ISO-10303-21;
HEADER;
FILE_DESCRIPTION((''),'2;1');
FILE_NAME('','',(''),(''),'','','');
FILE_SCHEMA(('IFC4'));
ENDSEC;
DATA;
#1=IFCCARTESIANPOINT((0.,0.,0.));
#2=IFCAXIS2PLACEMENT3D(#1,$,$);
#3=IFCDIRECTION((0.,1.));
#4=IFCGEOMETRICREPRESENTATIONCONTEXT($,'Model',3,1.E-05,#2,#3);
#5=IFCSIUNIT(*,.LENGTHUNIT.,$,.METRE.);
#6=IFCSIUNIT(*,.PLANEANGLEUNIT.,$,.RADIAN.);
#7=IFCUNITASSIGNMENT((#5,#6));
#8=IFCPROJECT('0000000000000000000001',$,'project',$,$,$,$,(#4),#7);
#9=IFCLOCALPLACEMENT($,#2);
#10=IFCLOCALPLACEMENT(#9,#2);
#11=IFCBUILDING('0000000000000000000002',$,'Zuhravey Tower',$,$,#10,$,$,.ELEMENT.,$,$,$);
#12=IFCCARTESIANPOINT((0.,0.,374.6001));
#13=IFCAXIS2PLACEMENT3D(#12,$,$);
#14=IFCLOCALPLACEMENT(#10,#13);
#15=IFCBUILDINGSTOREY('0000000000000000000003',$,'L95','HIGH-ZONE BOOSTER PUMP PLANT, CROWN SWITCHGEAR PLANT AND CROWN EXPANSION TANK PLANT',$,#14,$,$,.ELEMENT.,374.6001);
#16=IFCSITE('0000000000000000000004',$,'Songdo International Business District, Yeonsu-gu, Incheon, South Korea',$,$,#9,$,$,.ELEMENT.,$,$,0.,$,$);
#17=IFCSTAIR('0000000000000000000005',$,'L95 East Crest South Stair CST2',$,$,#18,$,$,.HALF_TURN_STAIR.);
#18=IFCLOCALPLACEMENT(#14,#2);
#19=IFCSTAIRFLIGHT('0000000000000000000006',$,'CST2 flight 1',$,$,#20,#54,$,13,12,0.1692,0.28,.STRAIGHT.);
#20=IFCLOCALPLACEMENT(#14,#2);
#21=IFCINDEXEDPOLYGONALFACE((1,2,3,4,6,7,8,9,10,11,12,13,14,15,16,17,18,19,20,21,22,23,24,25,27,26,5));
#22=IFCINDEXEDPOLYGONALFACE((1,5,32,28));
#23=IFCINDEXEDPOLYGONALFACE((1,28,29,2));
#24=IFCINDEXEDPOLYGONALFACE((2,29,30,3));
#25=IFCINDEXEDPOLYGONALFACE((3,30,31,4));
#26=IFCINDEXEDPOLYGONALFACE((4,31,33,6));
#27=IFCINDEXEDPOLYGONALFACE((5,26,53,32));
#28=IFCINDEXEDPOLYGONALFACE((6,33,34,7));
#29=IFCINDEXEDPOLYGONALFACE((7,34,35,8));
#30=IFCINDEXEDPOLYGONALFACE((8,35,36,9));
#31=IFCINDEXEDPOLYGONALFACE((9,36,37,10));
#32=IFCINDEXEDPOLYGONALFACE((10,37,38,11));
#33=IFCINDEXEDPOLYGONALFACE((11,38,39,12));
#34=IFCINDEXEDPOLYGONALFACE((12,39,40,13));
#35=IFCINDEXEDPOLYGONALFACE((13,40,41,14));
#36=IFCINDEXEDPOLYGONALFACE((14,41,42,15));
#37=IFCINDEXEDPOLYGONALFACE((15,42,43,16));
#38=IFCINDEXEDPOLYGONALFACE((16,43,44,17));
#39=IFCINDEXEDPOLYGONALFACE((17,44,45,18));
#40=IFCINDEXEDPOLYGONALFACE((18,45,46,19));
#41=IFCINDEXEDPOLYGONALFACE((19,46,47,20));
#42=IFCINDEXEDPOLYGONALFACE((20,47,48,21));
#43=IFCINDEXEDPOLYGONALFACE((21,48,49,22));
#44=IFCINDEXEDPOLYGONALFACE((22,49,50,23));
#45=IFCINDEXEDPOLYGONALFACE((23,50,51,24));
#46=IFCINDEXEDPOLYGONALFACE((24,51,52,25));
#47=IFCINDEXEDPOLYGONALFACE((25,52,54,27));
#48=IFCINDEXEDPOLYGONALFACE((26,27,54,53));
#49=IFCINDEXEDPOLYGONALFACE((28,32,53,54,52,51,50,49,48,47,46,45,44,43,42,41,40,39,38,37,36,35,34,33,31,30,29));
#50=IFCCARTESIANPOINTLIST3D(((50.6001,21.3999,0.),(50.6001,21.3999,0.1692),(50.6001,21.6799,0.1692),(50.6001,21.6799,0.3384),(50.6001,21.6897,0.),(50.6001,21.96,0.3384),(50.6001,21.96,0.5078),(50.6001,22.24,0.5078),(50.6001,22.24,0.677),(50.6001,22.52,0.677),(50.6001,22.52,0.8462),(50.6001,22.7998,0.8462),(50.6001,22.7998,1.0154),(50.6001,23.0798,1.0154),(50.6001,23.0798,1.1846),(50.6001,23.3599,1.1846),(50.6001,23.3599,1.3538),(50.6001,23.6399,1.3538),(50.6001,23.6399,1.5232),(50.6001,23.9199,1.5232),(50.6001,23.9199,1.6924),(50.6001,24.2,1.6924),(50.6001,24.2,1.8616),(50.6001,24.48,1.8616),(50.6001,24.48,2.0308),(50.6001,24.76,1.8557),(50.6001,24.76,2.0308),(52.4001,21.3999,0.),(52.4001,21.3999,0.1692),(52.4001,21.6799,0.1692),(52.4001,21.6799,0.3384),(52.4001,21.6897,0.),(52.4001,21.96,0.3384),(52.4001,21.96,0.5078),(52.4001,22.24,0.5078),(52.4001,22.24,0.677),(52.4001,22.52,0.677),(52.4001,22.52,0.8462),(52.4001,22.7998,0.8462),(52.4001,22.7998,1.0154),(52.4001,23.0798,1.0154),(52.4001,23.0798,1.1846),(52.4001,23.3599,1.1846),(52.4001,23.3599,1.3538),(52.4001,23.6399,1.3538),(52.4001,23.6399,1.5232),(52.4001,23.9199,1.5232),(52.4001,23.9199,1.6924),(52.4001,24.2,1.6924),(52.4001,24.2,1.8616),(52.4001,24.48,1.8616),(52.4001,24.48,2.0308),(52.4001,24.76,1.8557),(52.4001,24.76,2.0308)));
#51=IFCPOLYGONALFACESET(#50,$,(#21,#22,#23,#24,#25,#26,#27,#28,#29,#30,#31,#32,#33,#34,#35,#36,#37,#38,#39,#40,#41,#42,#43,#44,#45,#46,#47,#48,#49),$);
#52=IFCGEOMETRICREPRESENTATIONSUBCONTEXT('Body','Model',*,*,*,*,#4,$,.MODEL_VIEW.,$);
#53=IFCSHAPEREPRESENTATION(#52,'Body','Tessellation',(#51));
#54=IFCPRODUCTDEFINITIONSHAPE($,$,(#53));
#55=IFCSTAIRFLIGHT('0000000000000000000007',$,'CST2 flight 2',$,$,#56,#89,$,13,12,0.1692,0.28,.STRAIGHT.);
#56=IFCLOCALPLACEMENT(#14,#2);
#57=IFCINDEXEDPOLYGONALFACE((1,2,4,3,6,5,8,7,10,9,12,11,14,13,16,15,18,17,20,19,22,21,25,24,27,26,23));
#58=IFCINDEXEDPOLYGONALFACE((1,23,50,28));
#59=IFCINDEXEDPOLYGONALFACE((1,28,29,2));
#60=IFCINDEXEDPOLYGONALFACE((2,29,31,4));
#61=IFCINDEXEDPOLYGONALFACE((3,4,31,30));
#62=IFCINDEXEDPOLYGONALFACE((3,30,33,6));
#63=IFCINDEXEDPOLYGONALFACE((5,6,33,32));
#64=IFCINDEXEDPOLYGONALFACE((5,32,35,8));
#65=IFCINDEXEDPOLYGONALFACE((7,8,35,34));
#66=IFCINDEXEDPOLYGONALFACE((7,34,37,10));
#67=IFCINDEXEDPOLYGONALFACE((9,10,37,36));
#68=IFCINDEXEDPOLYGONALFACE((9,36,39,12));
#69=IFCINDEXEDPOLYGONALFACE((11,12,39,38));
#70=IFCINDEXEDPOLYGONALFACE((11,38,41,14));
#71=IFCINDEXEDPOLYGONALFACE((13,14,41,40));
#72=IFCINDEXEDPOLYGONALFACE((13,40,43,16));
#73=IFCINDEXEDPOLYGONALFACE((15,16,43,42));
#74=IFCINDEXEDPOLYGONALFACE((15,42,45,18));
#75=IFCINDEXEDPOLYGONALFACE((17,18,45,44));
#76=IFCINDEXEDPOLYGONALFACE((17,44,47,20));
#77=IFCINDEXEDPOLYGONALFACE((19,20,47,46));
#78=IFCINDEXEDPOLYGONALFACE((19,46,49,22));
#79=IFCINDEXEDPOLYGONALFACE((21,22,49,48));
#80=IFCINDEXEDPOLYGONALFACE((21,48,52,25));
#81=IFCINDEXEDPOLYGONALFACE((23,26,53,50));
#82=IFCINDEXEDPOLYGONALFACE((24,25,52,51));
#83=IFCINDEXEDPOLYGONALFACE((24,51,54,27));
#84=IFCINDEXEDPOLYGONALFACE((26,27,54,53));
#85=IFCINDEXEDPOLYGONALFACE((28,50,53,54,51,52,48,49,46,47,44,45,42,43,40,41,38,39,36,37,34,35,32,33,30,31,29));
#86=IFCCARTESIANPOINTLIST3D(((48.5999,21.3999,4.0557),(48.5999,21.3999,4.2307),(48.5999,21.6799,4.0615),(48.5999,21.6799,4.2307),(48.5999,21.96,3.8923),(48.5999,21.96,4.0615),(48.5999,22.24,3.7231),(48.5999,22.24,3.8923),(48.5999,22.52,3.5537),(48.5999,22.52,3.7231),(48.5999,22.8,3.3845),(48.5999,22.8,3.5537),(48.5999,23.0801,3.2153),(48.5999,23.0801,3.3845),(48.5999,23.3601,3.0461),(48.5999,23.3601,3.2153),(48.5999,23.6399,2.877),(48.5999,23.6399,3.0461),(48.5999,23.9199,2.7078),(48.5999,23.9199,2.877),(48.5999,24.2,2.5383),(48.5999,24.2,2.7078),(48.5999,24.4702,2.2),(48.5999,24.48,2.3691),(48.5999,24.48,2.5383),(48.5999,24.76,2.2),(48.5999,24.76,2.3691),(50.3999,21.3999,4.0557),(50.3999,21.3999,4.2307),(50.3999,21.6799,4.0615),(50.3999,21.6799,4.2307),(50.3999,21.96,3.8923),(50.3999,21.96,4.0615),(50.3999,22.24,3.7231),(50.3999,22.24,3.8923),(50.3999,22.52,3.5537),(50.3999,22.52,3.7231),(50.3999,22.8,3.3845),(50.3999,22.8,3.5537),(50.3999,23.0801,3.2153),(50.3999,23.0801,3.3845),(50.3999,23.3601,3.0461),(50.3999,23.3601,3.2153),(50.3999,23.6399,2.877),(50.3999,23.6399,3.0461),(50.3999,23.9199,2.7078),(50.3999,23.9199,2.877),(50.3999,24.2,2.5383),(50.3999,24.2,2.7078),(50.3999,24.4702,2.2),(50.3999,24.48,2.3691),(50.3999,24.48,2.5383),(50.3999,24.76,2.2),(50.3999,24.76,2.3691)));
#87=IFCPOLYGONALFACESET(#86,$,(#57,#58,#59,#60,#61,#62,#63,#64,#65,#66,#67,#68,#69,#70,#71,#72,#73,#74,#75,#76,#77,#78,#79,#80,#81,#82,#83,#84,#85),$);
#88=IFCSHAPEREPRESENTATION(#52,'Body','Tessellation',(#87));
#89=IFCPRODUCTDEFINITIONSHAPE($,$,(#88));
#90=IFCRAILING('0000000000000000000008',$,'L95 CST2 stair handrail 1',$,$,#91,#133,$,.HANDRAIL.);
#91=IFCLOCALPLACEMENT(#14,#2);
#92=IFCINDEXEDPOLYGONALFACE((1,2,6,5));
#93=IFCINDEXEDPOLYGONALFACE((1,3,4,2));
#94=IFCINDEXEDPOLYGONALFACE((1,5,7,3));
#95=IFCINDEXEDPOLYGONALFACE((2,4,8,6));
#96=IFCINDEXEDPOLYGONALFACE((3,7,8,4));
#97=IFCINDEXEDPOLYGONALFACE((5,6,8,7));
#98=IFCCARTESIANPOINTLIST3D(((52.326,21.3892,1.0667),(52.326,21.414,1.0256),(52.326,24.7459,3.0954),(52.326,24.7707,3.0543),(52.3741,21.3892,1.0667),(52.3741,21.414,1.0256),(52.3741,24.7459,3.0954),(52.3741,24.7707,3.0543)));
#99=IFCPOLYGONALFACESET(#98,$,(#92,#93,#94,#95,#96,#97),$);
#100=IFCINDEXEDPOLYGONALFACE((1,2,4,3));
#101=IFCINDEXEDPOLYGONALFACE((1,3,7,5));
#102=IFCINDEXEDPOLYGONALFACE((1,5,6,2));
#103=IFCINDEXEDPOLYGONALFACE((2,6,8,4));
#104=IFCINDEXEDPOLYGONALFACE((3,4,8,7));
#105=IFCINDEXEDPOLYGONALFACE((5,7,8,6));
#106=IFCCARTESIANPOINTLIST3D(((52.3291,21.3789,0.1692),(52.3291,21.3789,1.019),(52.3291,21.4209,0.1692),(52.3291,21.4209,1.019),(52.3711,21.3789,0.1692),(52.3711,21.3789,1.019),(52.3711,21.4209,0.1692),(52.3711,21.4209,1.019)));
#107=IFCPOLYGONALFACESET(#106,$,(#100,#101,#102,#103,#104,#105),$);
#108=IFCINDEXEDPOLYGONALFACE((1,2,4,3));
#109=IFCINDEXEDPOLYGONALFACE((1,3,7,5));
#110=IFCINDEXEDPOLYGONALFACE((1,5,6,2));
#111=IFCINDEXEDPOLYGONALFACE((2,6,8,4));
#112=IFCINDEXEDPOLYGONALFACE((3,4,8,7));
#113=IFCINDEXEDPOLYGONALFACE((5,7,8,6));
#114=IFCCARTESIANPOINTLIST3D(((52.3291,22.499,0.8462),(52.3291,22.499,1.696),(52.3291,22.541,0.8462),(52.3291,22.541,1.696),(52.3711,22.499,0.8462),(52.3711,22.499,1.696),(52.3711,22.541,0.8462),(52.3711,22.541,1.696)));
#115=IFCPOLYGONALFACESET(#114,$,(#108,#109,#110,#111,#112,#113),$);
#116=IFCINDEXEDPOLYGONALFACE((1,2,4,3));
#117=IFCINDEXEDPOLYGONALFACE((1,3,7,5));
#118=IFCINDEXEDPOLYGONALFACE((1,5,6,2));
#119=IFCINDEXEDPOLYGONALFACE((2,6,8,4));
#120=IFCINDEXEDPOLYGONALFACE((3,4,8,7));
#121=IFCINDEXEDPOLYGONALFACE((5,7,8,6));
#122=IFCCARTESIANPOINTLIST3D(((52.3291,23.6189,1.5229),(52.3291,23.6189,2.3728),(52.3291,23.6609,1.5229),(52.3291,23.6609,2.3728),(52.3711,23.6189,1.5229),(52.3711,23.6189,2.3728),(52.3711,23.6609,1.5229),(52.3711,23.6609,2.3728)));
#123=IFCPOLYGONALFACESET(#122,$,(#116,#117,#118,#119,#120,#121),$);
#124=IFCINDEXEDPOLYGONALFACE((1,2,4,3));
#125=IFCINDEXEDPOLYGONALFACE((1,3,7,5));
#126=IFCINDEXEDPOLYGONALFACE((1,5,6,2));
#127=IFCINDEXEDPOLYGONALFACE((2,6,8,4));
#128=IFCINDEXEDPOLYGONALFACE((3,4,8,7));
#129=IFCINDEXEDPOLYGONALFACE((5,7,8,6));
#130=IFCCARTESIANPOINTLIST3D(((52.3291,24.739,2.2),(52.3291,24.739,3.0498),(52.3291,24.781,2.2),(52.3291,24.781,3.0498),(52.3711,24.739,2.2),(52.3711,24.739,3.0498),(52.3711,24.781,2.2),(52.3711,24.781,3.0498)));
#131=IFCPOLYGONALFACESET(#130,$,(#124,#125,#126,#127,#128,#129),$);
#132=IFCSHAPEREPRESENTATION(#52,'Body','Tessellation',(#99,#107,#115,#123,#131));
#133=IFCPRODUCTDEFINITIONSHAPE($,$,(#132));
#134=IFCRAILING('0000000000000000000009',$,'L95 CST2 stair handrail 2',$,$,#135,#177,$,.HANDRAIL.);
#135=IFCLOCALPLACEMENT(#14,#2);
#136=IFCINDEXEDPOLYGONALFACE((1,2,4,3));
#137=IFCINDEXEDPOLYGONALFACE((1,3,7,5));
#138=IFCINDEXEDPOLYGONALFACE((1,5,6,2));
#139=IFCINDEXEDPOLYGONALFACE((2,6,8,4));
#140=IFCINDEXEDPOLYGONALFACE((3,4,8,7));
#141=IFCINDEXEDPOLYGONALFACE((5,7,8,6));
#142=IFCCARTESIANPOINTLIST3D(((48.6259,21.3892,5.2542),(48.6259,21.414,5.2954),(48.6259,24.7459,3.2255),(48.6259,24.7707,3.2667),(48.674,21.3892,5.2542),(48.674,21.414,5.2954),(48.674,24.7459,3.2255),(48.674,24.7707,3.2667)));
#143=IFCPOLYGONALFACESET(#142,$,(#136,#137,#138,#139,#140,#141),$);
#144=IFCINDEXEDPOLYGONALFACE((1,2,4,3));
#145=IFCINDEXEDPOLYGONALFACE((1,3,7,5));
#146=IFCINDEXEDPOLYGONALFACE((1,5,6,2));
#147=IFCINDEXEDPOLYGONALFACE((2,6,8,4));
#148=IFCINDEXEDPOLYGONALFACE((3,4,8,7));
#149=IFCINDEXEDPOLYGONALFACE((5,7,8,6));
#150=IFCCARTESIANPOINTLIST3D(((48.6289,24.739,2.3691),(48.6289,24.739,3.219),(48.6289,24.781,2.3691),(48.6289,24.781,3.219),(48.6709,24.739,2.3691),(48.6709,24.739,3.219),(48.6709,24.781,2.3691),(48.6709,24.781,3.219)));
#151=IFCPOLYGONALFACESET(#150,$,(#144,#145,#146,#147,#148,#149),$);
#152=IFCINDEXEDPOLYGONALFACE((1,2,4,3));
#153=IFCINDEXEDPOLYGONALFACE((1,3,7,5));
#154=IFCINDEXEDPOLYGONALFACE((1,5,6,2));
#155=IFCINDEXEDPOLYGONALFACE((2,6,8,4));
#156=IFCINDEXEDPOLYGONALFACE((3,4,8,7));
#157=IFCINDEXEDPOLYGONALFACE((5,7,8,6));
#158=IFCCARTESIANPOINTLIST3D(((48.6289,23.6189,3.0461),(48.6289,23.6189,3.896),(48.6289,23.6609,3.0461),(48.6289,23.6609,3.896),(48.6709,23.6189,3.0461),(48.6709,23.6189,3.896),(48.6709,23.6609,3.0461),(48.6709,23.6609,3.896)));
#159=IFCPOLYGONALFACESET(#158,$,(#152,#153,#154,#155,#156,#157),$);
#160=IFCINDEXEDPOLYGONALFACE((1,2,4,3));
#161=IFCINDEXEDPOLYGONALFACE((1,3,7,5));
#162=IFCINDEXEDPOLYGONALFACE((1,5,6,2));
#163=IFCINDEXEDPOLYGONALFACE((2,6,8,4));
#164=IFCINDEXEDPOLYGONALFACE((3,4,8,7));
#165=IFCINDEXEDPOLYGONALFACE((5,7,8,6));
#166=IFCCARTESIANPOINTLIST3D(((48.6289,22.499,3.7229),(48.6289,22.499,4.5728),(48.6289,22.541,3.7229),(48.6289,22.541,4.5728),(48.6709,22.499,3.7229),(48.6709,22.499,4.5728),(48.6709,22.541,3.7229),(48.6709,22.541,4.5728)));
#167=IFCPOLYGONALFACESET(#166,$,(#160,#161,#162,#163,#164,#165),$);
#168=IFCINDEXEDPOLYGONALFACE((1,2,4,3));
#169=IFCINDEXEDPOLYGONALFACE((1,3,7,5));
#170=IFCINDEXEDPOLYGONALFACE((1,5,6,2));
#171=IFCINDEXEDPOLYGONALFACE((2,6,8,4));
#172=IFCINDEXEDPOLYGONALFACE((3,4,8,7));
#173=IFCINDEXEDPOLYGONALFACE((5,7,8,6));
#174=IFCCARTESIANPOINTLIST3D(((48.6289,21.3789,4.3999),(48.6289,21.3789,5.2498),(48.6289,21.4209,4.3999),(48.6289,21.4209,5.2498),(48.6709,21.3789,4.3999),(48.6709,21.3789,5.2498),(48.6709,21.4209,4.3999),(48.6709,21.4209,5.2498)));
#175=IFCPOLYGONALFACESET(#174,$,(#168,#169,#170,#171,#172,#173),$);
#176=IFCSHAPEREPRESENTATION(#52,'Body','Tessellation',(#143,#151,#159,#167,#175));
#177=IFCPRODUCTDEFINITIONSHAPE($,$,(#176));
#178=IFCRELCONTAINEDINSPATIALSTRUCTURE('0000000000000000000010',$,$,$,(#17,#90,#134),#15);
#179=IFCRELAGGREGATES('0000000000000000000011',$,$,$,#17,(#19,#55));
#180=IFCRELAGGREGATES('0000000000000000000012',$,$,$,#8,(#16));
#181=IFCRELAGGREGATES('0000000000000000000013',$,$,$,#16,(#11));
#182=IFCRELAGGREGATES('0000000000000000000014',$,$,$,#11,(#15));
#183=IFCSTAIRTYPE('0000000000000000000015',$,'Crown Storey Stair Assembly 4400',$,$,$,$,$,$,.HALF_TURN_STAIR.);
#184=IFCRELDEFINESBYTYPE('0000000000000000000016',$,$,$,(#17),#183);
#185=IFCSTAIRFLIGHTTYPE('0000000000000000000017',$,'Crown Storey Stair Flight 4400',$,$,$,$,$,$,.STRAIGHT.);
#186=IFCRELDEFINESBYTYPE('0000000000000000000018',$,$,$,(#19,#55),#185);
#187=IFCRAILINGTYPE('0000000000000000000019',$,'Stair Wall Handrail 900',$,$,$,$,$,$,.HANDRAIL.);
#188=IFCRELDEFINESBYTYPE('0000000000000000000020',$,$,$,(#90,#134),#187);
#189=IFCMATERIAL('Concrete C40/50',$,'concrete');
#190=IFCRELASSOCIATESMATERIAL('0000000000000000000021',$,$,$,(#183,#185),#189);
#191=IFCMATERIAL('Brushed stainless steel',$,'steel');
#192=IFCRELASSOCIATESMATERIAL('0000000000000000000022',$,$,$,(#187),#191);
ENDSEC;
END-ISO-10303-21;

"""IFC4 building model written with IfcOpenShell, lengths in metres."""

from ifc_helpers import new_model, si_unit, direction, frame, origin, origin_2d, place, context, subcontext, project, spatial, polyline, rectangle, outline, extrude, material, type_object, element, aggregate, save


model = new_model("IFC4")

# Units and contexts
model_context = context("Model", 3, precision=1e-05, world=origin(), true_north=direction((0.0, 1.0)))
body_context = subcontext(model_context, "Body", "Model", "MODEL_VIEW")
ifc_project = project(units=[si_unit("LENGTHUNIT", "METRE"), si_unit("PLANEANGLEUNIT", "RADIAN")], contexts=[model_context])

# Site, building, storey
site_placement = place(None, origin())
site = spatial("IfcSite", under=ifc_project, at=site_placement, Name="Songdo International Business District, Yeonsu-gu, Incheon, South Korea", CompositionType="ELEMENT", RefElevation=0.0)
building_placement = place(site_placement, origin())
building = spatial("IfcBuilding", under=site, at=building_placement, Name="Zuhravey Tower", CompositionType="ELEMENT")
storey_placement = place(building_placement, frame((0.0, 0.0, 374.6001)))
storey = spatial("IfcBuildingStorey", under=building, at=storey_placement, Name="L95", Description="HIGH-ZONE BOOSTER PUMP PLANT, CROWN SWITCHGEAR PLANT AND CROWN EXPANSION TANK PLANT", CompositionType="ELEMENT", Elevation=374.6001)

# Shared definitions
ifc_material_1 = material(Name="Brushed stainless steel", Category="steel")

# Stair, stair flights
ifc_material_2 = material(Name="Concrete C40/50", Category="concrete")
stair_type = type_object("IfcStairType", Name="Crown Storey Stair Assembly 4400", PredefinedType="HALF_TURN_STAIR", material=ifc_material_2)
stair_placement = place(storey_placement, origin())
stair = element("IfcStair", 1, at=stair_placement, inside=storey, type_object=stair_type, Name="L95 East Crest South Stair CST2", PredefinedType="HALF_TURN_STAIR")
stair_flight_type = type_object("IfcStairFlightType", Name="Crown Storey Stair Flight 4400", PredefinedType="STRAIGHT", material=ifc_material_2)
stair_flight_1_placement = place(storey_placement, frame((51.5, 21.3999, 0.0), z_axis=(0.0, 0.0, 1.0), x_axis=(0.0, 1.0, 0.0)))
stair_flight_1 = element("IfcStairFlight", 2, at=stair_flight_1_placement, type_object=stair_flight_type, Name="CST2 flight 1", NumberOfRisers=13, NumberOfTreads=12, PredefinedType="STRAIGHT", RiserHeight=0.1692, TreadLength=0.28, context=body_context, shape_type="SweptSolid", body=[
    extrude(outline(polyline([(0.0, 0.0), (0.0, 0.1692), (0.28, 0.1692), (0.28, 0.3384), (0.5601, 0.3384), (0.5601, 0.5078), (0.8401, 0.5078), (0.8401, 0.677), (1.1201, 0.677), (1.1201, 0.8462), (1.3999, 0.8462), (1.3999, 1.0154), (1.6799, 1.0154), (1.6799, 1.1846), (1.96, 1.1846), (1.96, 1.3538), (2.24, 1.3538), (2.24, 1.5232), (2.52, 1.5232), (2.52, 1.6924), (2.8, 1.6924), (2.8, 1.8616), (3.0801, 1.8616), (3.0801, 2.0308), (3.3601, 2.0308), (3.3601, 2.2), (3.3601, 1.8557), (0.2898, 0.0), (0.0, 0.0)])), frame((0.0, 0.8999, 0.0), z_axis=(0.0, -1.0, 0.0), x_axis=(1.0, 0.0, 0.0)), (0.0, 0.0, 1.0), 1.8),
])
stair_flight_2_placement = place(storey_placement, frame((49.5, 24.76, 2.2), z_axis=(0.0, 0.0, 1.0), x_axis=(0.0, -1.0, 0.0)))
stair_flight_2 = element("IfcStairFlight", 3, at=stair_flight_2_placement, type_object=stair_flight_type, Name="CST2 flight 2", NumberOfRisers=13, NumberOfTreads=12, PredefinedType="STRAIGHT", RiserHeight=0.1692, TreadLength=0.28, context=body_context, shape_type="SweptSolid", body=[
    extrude(outline(polyline([(0.0, 0.0), (0.0, 0.1692), (0.28, 0.1692), (0.28, 0.3384), (0.5601, 0.3384), (0.5601, 0.5078), (0.8401, 0.5078), (0.8401, 0.677), (1.1201, 0.677), (1.1201, 0.8462), (1.3999, 0.8462), (1.3999, 1.0154), (1.6799, 1.0154), (1.6799, 1.1846), (1.96, 1.1846), (1.96, 1.3538), (2.24, 1.3538), (2.24, 1.5232), (2.52, 1.5232), (2.52, 1.6924), (2.8, 1.6924), (2.8, 1.8616), (3.0801, 1.8616), (3.0801, 2.0308), (3.3601, 2.0308), (3.3601, 2.2), (3.3601, 1.8557), (0.2898, 0.0), (0.0, 0.0)])), frame((0.0, 0.8999, 0.0), z_axis=(0.0, -1.0, 0.0), x_axis=(1.0, 0.0, 0.0)), (0.0, 0.0, 1.0), 1.8),
])
aggregate(stair, [stair_flight_1, stair_flight_2])

# Railings
railing_type_1 = type_object("IfcRailingType", Name="Stair Wall Handrail 900", PredefinedType="HANDRAIL", material=ifc_material_1)
railing_1_placement = place(storey_placement, frame((52.3501, 21.3999, 0.1692)))
element("IfcRailing", 4, at=railing_1_placement, inside=storey, type_object=railing_type_1, Name="L95 CST2 stair handrail 1", PredefinedType="HANDRAIL", context=body_context, shape_type="SweptSolid", body=[
    extrude(rectangle(XDim=0.0481, YDim=0.0481, at=origin_2d()), frame((0.0, 0.0017, 0.877), z_axis=(0.0, 0.855837, 0.517246), x_axis=(-1.0, 0.0, 0.0)), (0.0, 0.0, 1.0), 3.9221),
    extrude(rectangle(XDim=0.042, YDim=0.042, at=origin_2d()), origin(), (0.0, 0.0, 1.0), 0.8499),
    extrude(rectangle(XDim=0.042, YDim=0.042, at=origin_2d()), frame((0.0, 1.1201, 0.677)), (0.0, 0.0, 1.0), 0.8499),
    extrude(rectangle(XDim=0.042, YDim=0.042, at=origin_2d()), frame((0.0, 2.24, 1.3538)), (0.0, 0.0, 1.0), 0.8499),
    extrude(rectangle(XDim=0.042, YDim=0.042, at=origin_2d()), frame((0.0, 3.3601, 2.0308)), (0.0, 0.0, 1.0), 0.8499),
])
railing_2_placement = place(storey_placement, frame((48.6499, 24.76, 2.3691)))
element("IfcRailing", 5, at=railing_2_placement, inside=storey, type_object=railing_type_1, Name="L95 CST2 stair handrail 2", PredefinedType="HANDRAIL", context=body_context, shape_type="SweptSolid", body=[
    extrude(rectangle(XDim=0.0481, YDim=0.0481, at=origin_2d()), frame((0.0, -0.0017, 0.877), z_axis=(0.0, -0.855837, 0.517246), x_axis=(1.0, 0.0, 0.0)), (0.0, 0.0, 1.0), 3.9221),
    extrude(rectangle(XDim=0.042, YDim=0.042, at=origin_2d()), origin(), (0.0, 0.0, 1.0), 0.8499),
    extrude(rectangle(XDim=0.042, YDim=0.042, at=origin_2d()), frame((0.0, -1.1201, 0.677)), (0.0, 0.0, 1.0), 0.8499),
    extrude(rectangle(XDim=0.042, YDim=0.042, at=origin_2d()), frame((0.0, -2.24, 1.3538)), (0.0, 0.0, 1.0), 0.8499),
    extrude(rectangle(XDim=0.042, YDim=0.042, at=origin_2d()), frame((0.0, -3.3601, 2.0308)), (0.0, 0.0, 1.0), 0.8499),
])

save(model, "model.ifc")
